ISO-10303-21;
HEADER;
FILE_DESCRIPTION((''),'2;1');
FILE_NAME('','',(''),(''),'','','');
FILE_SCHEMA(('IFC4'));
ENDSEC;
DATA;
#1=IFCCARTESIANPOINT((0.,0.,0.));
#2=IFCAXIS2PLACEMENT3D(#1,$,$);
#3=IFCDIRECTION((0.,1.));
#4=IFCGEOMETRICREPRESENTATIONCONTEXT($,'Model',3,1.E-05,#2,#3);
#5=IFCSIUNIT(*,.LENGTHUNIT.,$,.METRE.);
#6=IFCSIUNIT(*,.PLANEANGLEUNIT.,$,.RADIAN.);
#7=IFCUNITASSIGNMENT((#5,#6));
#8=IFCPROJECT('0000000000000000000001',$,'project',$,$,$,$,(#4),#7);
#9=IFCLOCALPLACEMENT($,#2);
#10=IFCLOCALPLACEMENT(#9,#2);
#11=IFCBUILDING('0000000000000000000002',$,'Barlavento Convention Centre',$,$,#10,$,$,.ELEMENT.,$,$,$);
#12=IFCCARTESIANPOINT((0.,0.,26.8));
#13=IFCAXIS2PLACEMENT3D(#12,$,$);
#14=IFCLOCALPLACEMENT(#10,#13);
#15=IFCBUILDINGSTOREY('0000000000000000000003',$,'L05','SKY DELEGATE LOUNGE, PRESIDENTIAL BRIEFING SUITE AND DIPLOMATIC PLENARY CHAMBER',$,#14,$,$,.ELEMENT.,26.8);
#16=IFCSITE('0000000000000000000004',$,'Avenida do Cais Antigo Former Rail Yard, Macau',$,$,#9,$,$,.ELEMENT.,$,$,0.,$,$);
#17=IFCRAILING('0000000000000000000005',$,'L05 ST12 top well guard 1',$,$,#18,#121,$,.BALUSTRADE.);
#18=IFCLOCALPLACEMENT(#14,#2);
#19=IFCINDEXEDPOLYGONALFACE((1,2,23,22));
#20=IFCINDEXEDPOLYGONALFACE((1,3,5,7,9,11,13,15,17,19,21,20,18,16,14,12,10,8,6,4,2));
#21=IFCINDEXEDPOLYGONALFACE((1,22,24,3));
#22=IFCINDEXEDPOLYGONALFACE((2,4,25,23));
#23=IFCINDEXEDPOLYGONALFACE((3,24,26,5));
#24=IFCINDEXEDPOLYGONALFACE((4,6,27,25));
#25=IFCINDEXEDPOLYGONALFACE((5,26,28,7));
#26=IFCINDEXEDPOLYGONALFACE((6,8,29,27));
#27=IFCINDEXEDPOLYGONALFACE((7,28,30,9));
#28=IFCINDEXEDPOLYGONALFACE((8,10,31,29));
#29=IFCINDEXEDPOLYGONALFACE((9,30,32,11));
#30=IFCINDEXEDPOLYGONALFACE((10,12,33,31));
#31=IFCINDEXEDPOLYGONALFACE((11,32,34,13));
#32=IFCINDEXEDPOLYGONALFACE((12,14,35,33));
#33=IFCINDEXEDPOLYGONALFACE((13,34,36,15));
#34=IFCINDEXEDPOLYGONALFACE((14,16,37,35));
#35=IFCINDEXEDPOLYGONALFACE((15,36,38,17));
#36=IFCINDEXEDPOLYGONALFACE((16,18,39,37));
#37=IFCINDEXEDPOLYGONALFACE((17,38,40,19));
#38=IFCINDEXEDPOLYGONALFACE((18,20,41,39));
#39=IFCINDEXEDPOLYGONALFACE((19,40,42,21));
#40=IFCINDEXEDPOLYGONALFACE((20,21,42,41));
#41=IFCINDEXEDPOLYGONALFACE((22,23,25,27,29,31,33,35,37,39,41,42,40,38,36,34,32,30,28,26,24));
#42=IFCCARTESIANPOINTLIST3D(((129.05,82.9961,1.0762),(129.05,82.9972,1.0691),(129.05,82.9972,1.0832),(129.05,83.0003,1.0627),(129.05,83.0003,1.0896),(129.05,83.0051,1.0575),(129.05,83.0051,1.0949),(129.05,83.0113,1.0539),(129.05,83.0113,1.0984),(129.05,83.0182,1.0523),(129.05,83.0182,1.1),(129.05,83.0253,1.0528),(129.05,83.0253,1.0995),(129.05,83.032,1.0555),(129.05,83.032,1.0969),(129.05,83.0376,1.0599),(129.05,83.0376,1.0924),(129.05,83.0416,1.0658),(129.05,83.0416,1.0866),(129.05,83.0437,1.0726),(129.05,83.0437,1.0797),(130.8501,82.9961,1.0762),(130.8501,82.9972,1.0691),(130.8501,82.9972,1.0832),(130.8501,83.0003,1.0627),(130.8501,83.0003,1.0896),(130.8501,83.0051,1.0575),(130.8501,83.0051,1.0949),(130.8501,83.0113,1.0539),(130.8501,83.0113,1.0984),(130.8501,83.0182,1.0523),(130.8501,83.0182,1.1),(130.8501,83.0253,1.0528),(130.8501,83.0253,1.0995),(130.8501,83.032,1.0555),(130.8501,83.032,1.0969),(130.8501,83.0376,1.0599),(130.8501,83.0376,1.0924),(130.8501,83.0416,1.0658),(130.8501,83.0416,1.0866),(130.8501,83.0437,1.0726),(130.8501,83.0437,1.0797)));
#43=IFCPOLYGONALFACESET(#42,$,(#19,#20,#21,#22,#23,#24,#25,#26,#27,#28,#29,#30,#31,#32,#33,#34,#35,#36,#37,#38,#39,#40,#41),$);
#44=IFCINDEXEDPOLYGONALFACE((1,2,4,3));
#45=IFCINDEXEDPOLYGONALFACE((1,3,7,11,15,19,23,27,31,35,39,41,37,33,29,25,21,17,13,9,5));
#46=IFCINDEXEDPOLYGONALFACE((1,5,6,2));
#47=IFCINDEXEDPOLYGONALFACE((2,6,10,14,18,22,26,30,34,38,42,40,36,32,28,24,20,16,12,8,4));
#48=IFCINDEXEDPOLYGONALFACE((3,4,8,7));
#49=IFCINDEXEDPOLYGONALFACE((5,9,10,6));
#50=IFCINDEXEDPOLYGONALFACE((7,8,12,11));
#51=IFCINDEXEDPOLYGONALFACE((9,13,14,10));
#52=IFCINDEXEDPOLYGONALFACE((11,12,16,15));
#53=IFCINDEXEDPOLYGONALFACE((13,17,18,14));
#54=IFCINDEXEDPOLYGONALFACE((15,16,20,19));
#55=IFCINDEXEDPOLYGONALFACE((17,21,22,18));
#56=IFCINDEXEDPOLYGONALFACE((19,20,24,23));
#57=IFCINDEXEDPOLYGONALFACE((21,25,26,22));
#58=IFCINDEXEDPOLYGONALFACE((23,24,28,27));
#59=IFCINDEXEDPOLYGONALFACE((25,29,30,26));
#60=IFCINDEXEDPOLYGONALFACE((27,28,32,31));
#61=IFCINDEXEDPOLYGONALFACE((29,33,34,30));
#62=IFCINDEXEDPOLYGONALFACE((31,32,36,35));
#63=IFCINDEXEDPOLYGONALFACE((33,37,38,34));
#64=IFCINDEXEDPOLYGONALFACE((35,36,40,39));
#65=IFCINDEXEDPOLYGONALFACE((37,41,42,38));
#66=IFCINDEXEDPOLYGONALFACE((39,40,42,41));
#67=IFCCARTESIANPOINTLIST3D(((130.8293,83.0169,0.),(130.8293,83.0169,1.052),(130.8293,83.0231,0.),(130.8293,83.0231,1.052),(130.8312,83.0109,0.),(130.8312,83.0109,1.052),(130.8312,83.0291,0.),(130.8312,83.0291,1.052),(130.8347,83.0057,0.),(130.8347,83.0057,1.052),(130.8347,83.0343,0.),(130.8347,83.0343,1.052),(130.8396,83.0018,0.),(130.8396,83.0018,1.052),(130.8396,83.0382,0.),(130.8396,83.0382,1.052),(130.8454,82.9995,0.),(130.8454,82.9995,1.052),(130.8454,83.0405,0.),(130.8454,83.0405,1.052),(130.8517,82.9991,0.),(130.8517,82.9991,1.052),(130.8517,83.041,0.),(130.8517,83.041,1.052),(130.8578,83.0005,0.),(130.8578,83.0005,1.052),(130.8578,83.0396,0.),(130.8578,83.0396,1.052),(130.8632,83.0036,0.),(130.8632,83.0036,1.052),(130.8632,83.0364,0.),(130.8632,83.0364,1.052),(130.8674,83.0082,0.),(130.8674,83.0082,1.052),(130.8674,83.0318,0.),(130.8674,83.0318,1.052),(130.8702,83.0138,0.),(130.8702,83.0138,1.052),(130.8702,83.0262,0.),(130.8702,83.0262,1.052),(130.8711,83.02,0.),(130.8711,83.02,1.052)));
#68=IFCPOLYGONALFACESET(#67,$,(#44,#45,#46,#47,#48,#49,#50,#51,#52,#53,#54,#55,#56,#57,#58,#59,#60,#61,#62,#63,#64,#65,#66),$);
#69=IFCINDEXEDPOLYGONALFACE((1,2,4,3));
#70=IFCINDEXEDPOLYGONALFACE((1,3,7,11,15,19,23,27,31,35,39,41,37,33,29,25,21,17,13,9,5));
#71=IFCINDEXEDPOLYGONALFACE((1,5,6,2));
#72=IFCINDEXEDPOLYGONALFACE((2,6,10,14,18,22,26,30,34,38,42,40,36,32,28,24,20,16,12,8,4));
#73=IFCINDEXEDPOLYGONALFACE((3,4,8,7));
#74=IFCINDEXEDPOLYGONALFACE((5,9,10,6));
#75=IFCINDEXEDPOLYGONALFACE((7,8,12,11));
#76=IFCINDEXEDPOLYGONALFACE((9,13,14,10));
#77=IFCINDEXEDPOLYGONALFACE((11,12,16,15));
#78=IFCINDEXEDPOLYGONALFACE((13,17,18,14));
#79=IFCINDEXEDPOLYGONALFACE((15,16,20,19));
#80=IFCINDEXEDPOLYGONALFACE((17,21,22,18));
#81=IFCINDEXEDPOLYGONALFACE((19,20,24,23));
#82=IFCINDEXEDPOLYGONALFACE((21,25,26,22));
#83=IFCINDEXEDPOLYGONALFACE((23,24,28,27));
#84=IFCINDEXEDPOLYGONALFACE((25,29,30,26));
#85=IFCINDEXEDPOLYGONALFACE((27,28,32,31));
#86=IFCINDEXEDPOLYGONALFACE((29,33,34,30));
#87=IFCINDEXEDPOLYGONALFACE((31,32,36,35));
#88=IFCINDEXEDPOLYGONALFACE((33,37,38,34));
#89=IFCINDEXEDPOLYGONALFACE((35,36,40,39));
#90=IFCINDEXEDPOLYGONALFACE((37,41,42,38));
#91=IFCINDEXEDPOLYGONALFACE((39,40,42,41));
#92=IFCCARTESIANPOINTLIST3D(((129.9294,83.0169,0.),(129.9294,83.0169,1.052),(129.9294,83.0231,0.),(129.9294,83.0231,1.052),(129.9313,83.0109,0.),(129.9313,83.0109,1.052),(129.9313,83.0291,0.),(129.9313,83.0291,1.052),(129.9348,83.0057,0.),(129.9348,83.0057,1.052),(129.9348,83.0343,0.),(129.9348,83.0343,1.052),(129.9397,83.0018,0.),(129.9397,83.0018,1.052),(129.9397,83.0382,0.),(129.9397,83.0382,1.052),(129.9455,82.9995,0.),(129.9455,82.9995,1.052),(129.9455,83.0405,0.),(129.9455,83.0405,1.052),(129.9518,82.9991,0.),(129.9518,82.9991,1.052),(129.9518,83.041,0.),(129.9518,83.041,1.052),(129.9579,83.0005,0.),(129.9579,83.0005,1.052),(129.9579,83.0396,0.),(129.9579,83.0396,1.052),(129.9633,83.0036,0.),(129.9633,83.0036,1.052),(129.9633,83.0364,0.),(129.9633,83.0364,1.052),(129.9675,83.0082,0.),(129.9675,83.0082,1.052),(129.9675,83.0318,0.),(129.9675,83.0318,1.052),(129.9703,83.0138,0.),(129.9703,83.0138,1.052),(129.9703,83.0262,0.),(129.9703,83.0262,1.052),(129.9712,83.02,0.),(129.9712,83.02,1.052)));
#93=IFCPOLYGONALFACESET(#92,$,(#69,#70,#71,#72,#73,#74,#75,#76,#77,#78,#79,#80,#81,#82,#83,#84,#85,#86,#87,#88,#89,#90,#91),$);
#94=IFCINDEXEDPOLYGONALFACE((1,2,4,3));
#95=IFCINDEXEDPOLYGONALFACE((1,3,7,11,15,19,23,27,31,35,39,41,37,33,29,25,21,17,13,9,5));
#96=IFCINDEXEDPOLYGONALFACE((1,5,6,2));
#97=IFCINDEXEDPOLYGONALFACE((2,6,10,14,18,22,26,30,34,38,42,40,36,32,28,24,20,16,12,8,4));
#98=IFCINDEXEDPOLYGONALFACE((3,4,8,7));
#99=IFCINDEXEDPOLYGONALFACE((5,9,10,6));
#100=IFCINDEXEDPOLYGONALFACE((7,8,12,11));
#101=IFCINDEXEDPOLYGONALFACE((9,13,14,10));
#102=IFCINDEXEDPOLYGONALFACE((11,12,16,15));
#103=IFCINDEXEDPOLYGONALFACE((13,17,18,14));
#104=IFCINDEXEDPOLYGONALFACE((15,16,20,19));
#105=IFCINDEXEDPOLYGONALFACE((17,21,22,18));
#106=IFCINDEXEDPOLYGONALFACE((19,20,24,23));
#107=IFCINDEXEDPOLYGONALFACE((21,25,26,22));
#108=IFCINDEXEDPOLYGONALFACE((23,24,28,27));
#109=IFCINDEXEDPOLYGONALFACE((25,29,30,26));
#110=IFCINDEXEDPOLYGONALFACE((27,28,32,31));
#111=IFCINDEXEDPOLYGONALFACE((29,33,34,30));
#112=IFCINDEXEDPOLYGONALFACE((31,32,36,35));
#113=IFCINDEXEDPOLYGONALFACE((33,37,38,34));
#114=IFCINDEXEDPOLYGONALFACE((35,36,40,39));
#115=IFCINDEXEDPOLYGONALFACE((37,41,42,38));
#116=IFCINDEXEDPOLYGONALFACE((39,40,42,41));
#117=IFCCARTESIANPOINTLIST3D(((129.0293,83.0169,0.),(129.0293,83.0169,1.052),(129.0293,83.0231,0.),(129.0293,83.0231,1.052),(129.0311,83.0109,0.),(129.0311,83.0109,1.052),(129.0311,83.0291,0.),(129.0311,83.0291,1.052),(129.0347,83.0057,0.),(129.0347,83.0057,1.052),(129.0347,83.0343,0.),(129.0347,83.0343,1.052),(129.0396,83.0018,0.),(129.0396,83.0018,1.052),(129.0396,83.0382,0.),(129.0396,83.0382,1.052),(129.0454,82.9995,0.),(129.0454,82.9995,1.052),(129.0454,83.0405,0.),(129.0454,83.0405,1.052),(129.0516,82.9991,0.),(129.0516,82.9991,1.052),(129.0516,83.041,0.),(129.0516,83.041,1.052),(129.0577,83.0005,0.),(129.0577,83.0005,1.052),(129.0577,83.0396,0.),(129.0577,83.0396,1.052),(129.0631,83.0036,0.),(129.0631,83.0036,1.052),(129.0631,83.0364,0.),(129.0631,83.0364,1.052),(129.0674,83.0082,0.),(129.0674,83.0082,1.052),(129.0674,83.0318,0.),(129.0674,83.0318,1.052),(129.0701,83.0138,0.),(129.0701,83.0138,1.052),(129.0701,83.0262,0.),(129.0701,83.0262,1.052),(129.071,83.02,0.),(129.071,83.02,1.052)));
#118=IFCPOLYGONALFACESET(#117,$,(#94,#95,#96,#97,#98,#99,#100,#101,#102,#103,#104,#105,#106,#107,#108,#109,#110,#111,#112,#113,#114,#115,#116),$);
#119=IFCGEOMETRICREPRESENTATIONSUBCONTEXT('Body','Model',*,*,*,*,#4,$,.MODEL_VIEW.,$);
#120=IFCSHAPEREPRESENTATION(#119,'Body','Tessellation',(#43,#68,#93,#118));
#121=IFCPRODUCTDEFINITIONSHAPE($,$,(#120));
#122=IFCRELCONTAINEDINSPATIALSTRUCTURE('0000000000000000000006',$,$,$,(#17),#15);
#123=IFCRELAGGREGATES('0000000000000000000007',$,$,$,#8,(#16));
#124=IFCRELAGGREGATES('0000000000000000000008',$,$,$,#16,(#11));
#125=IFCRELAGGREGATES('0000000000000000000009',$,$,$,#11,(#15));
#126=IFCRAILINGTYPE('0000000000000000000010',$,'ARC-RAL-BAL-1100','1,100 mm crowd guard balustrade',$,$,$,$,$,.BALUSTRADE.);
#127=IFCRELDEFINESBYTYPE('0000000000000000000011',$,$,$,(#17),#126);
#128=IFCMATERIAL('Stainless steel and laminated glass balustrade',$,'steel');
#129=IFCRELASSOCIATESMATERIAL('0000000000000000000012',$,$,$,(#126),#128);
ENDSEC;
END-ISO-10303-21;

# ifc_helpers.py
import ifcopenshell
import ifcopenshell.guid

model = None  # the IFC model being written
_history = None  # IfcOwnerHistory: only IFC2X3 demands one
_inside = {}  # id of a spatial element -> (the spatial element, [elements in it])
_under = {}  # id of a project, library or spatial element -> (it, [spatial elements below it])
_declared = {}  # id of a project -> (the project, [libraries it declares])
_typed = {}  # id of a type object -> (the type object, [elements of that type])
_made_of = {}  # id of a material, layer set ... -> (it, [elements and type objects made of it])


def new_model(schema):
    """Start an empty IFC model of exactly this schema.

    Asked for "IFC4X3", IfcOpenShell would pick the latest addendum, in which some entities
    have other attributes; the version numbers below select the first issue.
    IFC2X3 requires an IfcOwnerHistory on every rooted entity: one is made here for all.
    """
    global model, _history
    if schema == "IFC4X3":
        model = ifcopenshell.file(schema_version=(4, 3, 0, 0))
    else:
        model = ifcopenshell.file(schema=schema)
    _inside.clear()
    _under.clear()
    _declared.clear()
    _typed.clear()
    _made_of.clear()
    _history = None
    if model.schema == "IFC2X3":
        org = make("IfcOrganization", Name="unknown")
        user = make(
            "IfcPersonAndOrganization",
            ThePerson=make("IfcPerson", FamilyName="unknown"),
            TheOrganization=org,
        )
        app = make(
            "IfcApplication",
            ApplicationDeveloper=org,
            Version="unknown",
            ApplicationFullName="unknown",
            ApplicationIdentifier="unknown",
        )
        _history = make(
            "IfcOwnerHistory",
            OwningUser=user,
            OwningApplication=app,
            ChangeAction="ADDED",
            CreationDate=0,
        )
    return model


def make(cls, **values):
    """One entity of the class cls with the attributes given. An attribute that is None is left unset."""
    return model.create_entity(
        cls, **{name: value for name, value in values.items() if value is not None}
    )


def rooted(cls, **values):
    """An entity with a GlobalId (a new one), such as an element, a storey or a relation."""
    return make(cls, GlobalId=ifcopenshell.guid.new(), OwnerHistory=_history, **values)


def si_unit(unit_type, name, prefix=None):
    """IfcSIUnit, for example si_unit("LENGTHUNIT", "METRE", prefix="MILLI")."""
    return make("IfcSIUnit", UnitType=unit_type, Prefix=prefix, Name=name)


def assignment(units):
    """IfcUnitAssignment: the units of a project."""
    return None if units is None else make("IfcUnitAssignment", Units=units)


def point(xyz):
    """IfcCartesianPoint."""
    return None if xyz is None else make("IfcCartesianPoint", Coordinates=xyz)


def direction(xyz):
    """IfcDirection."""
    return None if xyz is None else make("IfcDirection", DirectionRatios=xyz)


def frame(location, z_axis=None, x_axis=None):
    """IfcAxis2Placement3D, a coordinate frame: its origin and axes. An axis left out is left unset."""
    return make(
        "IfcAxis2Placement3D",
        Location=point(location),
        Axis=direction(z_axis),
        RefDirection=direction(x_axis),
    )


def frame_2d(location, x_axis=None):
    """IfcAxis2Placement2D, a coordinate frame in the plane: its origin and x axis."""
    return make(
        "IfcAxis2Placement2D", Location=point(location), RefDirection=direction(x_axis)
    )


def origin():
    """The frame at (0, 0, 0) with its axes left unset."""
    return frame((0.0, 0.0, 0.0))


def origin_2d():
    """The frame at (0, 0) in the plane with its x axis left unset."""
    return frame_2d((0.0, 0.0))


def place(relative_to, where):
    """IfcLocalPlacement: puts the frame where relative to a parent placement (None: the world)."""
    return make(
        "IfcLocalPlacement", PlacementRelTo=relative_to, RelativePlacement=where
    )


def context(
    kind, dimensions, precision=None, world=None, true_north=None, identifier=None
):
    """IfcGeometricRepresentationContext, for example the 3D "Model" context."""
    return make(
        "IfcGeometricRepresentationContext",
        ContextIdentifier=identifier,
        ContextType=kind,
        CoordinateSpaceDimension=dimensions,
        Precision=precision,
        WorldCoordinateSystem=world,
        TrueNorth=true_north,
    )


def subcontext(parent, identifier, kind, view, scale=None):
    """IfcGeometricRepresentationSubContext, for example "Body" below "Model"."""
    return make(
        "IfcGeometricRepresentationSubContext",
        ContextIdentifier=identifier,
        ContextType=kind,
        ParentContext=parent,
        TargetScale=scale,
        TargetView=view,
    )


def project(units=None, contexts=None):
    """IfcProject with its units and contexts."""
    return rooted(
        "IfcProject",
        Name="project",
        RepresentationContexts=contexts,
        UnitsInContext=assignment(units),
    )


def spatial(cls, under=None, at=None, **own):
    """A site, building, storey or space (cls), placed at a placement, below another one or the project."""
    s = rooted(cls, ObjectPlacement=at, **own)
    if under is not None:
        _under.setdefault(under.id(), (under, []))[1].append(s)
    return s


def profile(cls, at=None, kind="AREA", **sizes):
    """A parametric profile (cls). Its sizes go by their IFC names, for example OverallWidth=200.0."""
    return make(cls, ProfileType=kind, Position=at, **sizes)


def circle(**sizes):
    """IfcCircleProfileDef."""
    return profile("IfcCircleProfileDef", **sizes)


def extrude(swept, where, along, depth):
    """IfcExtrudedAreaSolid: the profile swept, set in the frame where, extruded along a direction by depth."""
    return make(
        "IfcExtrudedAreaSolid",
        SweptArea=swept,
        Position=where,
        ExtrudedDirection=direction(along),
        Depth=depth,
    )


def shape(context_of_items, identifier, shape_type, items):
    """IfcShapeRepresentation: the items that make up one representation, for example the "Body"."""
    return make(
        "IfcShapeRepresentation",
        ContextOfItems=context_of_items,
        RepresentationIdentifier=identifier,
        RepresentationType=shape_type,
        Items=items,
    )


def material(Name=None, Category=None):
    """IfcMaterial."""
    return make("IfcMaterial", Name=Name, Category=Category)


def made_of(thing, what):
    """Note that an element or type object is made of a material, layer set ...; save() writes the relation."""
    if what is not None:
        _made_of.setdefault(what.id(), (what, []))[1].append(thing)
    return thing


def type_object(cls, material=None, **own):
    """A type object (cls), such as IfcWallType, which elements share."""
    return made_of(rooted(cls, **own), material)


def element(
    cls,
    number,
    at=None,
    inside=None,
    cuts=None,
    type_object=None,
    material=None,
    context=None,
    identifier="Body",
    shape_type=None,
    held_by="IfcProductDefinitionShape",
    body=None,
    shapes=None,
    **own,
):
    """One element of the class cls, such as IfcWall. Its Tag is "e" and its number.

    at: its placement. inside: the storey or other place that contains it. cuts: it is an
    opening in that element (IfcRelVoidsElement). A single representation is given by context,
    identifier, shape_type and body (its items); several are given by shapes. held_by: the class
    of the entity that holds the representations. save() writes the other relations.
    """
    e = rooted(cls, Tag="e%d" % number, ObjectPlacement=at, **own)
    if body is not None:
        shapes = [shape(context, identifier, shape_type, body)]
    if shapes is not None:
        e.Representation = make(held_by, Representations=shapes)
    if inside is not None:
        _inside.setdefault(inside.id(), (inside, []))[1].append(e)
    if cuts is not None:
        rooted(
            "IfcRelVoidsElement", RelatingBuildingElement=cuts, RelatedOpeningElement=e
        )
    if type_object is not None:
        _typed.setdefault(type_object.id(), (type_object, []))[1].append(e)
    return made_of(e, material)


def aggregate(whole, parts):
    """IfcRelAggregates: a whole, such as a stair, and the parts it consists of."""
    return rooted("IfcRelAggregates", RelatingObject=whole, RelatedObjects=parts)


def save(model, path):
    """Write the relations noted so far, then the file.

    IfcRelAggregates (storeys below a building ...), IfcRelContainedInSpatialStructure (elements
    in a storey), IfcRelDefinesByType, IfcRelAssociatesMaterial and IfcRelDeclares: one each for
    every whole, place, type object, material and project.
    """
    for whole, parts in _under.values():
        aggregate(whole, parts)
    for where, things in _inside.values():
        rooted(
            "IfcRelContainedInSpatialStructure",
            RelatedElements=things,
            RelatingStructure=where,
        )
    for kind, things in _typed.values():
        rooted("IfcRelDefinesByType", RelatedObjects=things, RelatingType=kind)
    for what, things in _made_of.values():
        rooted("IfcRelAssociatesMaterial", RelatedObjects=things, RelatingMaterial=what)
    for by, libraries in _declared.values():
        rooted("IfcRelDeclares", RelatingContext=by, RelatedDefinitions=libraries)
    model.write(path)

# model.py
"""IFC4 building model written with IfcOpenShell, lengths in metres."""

from ifc_helpers import new_model, si_unit, direction, frame, origin, origin_2d, place, context, subcontext, project, spatial, circle, extrude, material, type_object, element, save


model = new_model("IFC4")

# Units and contexts
model_context = context("Model", 3, precision=1e-05, world=origin(), true_north=direction((0.0, 1.0)))
body_context = subcontext(model_context, "Body", "Model", "MODEL_VIEW")
ifc_project = project(units=[si_unit("LENGTHUNIT", "METRE"), si_unit("PLANEANGLEUNIT", "RADIAN")], contexts=[model_context])

# Site, building, storey
site_placement = place(None, origin())
site = spatial("IfcSite", under=ifc_project, at=site_placement, Name="Avenida do Cais Antigo Former Rail Yard, Macau", CompositionType="ELEMENT", RefElevation=0.0)
building_placement = place(site_placement, origin())
building = spatial("IfcBuilding", under=site, at=building_placement, Name="Barlavento Convention Centre", CompositionType="ELEMENT")
storey_placement = place(building_placement, frame((0.0, 0.0, 26.8)))
storey = spatial("IfcBuildingStorey", under=building, at=storey_placement, Name="L05", Description="SKY DELEGATE LOUNGE, PRESIDENTIAL BRIEFING SUITE AND DIPLOMATIC PLENARY CHAMBER", CompositionType="ELEMENT", Elevation=26.8)

# Railing
ifc_material_1 = material(Name="Stainless steel and laminated glass balustrade", Category="steel")
railing_type = type_object("IfcRailingType", Name="ARC-RAL-BAL-1100", Description="1,100 mm crowd guard balustrade", PredefinedType="BALUSTRADE", material=ifc_material_1)
railing_1_placement = place(storey_placement, frame((130.8501, 83.02, 0.0)))
element("IfcRailing", 1, at=railing_1_placement, inside=storey, type_object=railing_type, Name="L05 ST12 top well guard 1", PredefinedType="BALUSTRADE", context=body_context, shape_type="SweptSolid", body=[
    extrude(circle(Radius=0.0239, at=origin_2d()), frame((0.0, 0.0, 1.0762), z_axis=(-1.0, 0.0, 0.0), x_axis=(0.0, -1.0, 0.0)), (0.0, 0.0, 1.0), 1.8),
    extrude(circle(Radius=0.021, at=origin_2d()), origin(), (0.0, 0.0, 1.0), 1.052),
    extrude(circle(Radius=0.021, at=origin_2d()), frame((-0.8999, 0.0, 0.0)), (0.0, 0.0, 1.0), 1.052),
    extrude(circle(Radius=0.021, at=origin_2d()), frame((-1.8, 0.0, 0.0)), (0.0, 0.0, 1.0), 1.052),
])

save(model, "model.ifc")
